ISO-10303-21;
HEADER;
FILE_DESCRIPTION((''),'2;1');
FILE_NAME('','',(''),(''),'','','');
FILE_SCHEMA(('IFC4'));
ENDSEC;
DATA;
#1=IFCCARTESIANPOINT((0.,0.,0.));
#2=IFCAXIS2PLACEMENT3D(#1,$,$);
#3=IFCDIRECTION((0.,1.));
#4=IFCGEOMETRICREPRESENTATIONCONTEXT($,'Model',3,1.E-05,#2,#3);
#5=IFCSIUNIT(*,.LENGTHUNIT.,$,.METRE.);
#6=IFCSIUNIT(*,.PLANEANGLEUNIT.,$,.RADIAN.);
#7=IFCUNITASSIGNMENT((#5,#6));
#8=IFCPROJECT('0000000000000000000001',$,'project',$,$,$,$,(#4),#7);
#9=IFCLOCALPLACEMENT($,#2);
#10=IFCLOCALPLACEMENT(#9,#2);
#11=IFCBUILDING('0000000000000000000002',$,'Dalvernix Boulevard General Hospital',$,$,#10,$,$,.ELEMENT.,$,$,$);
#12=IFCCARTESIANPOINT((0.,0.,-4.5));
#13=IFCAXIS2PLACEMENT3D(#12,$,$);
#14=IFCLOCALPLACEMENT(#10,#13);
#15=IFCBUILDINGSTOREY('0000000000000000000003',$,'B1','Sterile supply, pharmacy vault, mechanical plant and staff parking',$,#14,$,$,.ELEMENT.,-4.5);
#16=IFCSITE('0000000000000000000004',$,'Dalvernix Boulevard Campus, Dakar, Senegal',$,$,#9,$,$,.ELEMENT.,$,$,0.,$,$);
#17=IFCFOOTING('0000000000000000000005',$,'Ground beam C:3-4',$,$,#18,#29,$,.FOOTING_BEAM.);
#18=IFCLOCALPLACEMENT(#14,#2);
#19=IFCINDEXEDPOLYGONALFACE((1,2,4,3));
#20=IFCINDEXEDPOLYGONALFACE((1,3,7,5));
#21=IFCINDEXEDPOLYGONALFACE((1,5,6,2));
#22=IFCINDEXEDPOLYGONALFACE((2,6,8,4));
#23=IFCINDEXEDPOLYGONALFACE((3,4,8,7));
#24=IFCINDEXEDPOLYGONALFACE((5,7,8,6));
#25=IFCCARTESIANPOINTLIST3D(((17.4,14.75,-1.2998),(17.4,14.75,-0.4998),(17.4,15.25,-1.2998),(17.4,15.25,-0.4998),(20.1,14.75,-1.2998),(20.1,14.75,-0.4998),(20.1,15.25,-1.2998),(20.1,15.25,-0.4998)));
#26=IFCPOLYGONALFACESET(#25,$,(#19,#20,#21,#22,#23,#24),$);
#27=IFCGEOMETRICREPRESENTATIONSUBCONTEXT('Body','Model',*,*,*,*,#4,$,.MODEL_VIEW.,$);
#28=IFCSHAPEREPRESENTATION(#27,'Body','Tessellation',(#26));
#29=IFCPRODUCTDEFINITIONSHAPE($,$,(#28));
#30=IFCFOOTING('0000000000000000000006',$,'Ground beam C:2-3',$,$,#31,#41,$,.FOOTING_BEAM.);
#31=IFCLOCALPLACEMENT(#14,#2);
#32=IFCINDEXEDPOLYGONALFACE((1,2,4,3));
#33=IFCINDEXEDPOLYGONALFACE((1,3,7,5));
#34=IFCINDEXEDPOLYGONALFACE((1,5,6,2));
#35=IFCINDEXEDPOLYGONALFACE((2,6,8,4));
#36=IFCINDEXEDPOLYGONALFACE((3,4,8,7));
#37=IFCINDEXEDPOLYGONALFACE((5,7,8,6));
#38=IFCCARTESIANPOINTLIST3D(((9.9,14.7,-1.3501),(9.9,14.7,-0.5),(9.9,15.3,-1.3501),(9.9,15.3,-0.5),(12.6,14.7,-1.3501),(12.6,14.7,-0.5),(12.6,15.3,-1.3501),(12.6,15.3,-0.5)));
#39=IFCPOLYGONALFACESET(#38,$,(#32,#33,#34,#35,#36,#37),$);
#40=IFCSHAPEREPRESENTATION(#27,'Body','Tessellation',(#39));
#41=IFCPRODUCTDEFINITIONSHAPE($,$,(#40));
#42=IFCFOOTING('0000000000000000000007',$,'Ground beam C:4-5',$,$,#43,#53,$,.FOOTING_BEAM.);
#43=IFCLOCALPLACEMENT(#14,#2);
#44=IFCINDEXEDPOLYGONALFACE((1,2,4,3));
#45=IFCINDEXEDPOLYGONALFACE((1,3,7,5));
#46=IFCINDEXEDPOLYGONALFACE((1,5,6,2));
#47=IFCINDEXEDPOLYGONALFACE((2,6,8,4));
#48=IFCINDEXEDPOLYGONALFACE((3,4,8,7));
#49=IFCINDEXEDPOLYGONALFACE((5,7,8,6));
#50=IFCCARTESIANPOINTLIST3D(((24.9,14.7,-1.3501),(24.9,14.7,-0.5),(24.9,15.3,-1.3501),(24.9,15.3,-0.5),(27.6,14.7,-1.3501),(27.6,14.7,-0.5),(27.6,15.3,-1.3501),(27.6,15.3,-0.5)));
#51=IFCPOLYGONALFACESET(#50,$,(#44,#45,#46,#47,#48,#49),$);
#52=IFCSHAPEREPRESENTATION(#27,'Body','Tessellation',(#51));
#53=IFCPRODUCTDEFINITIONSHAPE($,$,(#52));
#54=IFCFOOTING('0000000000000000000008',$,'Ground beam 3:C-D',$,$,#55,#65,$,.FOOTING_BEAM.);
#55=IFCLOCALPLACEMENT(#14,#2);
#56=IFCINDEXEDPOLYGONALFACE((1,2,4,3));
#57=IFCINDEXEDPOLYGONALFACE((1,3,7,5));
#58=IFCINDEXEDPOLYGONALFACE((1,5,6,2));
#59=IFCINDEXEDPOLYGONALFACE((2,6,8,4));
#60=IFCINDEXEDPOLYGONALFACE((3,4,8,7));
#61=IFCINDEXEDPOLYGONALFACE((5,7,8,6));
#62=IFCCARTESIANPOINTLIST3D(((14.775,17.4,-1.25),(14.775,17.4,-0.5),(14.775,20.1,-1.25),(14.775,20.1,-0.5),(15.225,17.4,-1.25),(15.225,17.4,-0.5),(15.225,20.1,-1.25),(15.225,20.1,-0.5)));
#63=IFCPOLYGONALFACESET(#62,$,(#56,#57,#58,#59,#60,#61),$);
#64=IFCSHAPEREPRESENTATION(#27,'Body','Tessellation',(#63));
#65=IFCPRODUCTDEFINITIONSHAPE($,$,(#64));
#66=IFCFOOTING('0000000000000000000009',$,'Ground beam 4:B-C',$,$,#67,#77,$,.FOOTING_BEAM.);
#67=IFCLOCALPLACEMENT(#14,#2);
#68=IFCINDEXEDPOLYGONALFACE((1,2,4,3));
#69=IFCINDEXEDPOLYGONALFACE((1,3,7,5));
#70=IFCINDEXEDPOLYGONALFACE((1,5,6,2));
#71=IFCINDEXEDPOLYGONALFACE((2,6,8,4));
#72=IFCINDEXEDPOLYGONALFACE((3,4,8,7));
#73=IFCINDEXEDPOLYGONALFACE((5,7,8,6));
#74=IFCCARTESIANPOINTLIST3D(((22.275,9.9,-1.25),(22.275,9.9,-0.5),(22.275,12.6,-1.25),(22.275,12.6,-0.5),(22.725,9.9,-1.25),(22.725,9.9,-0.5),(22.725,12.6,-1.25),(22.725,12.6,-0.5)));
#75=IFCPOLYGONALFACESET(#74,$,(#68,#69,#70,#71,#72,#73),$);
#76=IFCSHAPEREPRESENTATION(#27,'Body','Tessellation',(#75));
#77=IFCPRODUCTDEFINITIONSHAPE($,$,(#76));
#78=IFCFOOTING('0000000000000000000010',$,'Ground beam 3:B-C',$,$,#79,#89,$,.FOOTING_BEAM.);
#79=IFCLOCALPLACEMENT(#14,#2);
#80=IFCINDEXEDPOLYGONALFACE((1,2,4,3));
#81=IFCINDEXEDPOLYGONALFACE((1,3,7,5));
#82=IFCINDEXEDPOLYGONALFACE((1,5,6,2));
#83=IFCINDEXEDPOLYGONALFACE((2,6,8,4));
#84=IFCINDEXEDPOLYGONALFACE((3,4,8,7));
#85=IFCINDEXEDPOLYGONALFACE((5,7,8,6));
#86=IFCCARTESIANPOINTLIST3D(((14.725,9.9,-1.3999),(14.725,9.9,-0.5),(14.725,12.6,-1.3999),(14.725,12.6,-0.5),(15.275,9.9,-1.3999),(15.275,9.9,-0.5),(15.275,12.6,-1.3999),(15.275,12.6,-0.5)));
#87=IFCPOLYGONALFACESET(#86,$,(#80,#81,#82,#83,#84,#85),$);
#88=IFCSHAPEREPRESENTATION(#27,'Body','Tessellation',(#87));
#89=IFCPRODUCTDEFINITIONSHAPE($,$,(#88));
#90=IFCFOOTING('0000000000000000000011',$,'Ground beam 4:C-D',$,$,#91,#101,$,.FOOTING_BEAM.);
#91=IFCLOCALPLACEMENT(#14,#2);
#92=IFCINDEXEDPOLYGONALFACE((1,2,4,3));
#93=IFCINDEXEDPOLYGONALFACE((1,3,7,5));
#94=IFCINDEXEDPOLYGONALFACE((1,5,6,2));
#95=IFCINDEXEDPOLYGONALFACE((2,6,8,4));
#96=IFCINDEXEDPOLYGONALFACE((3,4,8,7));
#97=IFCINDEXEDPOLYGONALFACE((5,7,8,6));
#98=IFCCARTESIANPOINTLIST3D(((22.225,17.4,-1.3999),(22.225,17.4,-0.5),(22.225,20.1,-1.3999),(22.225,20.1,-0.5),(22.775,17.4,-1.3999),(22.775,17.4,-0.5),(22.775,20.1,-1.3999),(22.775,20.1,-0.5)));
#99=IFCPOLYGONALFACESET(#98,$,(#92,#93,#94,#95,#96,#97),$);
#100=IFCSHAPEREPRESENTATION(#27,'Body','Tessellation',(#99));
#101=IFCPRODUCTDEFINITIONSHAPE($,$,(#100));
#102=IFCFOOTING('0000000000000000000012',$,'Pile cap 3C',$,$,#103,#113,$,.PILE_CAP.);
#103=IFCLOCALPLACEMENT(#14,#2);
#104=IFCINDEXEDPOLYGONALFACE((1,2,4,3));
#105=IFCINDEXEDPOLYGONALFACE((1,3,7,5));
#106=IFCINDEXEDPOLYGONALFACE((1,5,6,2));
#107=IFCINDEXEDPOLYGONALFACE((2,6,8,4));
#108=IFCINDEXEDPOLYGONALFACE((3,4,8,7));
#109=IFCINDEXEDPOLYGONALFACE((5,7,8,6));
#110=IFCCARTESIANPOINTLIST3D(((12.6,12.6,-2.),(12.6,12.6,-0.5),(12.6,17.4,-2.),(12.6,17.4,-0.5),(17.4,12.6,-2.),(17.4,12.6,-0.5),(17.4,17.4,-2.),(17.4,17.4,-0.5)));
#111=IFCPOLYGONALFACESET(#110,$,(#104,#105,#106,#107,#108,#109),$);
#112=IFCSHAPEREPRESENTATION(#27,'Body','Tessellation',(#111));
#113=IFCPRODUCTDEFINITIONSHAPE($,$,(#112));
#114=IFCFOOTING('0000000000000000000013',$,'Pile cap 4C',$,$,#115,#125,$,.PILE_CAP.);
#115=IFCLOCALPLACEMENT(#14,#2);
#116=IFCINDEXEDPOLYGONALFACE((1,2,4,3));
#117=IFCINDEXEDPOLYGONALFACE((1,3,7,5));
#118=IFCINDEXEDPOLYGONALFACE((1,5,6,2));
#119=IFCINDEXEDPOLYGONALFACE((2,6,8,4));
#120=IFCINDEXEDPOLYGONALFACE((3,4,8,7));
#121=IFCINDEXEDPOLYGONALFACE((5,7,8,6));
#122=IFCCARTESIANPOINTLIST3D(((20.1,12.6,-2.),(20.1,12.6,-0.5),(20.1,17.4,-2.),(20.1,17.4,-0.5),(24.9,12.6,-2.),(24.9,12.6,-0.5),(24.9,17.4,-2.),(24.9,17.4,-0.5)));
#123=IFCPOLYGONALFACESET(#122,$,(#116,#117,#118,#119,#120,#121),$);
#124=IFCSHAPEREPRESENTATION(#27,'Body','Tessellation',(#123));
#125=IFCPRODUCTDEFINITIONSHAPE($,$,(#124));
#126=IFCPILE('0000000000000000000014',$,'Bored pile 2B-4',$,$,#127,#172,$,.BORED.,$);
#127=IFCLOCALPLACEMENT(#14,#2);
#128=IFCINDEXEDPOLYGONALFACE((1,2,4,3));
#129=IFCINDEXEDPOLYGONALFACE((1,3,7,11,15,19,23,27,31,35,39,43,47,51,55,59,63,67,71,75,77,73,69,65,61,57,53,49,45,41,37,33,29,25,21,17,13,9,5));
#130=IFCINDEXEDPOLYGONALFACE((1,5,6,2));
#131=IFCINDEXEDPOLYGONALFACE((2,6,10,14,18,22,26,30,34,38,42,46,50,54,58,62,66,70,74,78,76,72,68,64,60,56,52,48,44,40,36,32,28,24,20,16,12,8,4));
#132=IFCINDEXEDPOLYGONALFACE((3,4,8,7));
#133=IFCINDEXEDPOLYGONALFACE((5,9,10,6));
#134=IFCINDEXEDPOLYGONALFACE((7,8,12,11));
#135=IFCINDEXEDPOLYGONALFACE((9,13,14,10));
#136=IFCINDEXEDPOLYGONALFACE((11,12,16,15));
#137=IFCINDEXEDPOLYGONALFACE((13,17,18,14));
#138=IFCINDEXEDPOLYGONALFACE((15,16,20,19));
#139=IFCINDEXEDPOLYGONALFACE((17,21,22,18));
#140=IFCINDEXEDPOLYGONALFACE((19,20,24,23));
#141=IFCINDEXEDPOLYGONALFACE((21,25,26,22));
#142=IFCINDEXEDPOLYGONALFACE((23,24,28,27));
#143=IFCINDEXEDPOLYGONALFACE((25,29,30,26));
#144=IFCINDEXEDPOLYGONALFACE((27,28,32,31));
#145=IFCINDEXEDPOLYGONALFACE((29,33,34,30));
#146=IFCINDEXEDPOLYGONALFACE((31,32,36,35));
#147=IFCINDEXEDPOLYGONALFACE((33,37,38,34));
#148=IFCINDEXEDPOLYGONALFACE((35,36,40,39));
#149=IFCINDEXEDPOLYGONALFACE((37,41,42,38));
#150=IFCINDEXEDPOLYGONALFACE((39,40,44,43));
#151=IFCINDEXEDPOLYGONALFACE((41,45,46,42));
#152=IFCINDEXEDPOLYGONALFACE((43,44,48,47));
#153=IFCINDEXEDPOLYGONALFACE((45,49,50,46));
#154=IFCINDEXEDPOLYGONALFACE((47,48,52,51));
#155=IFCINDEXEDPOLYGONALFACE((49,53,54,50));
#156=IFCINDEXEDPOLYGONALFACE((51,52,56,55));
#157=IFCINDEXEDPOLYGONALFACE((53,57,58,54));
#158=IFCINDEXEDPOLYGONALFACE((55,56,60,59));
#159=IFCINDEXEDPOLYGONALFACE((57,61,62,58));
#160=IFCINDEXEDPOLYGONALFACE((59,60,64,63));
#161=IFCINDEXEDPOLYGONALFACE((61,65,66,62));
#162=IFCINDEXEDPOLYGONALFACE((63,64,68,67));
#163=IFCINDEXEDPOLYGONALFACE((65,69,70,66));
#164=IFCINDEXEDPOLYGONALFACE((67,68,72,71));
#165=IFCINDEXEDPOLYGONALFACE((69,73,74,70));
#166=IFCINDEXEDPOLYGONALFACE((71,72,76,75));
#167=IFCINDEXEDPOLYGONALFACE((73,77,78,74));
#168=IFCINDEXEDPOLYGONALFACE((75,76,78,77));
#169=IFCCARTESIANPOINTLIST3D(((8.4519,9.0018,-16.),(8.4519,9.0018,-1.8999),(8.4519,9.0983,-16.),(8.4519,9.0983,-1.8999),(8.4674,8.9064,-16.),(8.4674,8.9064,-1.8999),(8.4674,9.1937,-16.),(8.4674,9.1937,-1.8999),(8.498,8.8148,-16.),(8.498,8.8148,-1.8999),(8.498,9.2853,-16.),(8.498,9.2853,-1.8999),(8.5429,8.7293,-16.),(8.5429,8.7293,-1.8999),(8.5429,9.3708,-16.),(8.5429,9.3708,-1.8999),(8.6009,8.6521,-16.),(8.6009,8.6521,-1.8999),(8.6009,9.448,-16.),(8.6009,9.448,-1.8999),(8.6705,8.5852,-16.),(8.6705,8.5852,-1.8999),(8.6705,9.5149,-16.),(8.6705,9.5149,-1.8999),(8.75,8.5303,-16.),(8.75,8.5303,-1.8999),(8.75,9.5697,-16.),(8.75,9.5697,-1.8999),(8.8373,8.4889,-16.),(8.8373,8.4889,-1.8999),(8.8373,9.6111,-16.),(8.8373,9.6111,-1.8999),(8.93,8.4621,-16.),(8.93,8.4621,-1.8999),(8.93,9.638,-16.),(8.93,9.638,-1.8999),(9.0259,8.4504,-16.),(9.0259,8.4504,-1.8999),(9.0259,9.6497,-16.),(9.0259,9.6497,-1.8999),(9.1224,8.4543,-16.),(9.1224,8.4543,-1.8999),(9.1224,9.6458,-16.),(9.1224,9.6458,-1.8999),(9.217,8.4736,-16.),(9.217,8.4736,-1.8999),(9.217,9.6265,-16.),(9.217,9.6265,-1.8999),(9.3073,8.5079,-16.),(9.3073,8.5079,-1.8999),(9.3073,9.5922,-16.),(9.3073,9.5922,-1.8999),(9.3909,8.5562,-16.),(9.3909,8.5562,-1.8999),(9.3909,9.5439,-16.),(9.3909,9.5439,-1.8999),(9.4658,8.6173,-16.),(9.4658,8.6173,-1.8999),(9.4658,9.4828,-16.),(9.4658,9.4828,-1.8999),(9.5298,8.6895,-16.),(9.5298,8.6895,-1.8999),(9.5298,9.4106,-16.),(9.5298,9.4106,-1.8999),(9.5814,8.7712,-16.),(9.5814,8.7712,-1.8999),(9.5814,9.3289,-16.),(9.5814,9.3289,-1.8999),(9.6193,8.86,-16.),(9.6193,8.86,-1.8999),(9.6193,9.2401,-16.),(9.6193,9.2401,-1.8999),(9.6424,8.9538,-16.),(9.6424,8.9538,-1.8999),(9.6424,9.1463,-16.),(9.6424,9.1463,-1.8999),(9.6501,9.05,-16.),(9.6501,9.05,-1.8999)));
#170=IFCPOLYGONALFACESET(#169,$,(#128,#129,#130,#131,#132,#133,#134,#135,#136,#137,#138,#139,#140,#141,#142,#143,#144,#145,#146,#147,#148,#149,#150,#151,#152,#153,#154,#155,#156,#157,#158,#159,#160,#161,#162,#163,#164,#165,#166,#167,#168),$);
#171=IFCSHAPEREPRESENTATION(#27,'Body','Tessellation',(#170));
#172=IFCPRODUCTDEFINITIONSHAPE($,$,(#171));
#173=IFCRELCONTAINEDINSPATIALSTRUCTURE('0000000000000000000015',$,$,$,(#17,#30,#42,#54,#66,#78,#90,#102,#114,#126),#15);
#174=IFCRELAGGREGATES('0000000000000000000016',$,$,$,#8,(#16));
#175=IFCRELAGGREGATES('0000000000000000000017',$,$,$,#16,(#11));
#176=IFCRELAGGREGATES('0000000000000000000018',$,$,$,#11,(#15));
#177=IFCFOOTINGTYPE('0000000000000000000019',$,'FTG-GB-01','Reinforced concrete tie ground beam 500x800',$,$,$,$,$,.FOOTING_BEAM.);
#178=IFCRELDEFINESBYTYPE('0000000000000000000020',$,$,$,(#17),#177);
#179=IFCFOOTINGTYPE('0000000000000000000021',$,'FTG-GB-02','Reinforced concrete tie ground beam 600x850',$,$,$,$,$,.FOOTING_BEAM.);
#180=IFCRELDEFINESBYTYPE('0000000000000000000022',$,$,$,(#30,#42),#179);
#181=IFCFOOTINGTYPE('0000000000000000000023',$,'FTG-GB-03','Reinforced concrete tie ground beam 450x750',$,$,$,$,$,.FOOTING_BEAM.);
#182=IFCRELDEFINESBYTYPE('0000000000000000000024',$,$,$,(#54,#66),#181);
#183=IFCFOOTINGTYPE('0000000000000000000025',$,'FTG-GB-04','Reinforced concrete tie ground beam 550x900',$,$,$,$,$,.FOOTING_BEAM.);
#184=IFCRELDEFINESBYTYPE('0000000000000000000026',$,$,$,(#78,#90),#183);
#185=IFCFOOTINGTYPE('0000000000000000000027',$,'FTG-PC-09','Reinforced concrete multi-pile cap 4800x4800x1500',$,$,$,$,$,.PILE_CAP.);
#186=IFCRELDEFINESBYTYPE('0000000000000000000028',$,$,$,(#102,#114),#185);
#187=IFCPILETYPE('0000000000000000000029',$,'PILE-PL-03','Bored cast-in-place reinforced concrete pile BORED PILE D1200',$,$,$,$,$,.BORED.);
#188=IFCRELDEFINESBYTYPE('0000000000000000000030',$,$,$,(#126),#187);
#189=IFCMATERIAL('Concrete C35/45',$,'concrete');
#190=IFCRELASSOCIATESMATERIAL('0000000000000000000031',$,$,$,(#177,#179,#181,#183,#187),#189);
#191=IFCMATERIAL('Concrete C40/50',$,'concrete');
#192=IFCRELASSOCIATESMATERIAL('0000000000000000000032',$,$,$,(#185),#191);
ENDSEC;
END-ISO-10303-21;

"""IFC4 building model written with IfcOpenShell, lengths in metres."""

from ifc_helpers import new_model, si_unit, direction, frame, origin, origin_2d, place, context, subcontext, project, spatial, rectangle, circle, extrude, material, material_profile, profile_set, type_object, element, save


model = new_model("IFC4")

# Units and contexts
model_context = context("Model", 3, precision=1e-05, world=origin(), true_north=direction((0.0, 1.0)))
body_context = subcontext(model_context, "Body", "Model", "MODEL_VIEW")
ifc_project = project(units=[si_unit("LENGTHUNIT", "METRE"), si_unit("PLANEANGLEUNIT", "RADIAN")], contexts=[model_context])

# Site, building, storey
site_placement = place(None, origin())
site = spatial("IfcSite", under=ifc_project, at=site_placement, Name="Dalvernix Boulevard Campus, Dakar, Senegal", CompositionType="ELEMENT", RefElevation=0.0)
building_placement = place(site_placement, origin())
building = spatial("IfcBuilding", under=site, at=building_placement, Name="Dalvernix Boulevard General Hospital", CompositionType="ELEMENT")
storey_placement = place(building_placement, frame((0.0, 0.0, -4.5)))
storey = spatial("IfcBuildingStorey", under=building, at=storey_placement, Name="B1", Description="Sterile supply, pharmacy vault, mechanical plant and staff parking", CompositionType="ELEMENT", Elevation=-4.5)

# Footings
ifc_material_1 = material(Name="Concrete C35/45", Category="concrete")
footing_type_1 = type_object("IfcFootingType", Name="FTG-GB-01", Description="Reinforced concrete tie ground beam 500x800", PredefinedType="FOOTING_BEAM", material=ifc_material_1)
footing_placement = place(storey_placement, frame((18.75, 15.0, -1.2998), z_axis=(0.0, 0.0, 1.0), x_axis=(1.0, 0.0, 0.0)))
element("IfcFooting", 1, at=footing_placement, inside=storey, type_object=footing_type_1, Name="Ground beam C:3-4", PredefinedType="FOOTING_BEAM", context=body_context, shape_type="SweptSolid", body=[
    extrude(rectangle(XDim=2.7, YDim=0.5, at=origin_2d()), origin(), (0.0, 0.0, 1.0), 0.8),
])
footing_type_2 = type_object("IfcFootingType", Name="FTG-GB-02", Description="Reinforced concrete tie ground beam 600x850", PredefinedType="FOOTING_BEAM", material=ifc_material_1)
for number, where, z_axis, x_axis, name in (
    (2, (11.25, 15.0, -1.3501), (0.0, 0.0, 1.0), (1.0, 0.0, 0.0), "Ground beam C:2-3"),
    (3, (26.25, 15.0, -1.3501), (0.0, 0.0, 1.0), (1.0, 0.0, 0.0), "Ground beam C:4-5"),
):
    element("IfcFooting", number, at=place(storey_placement, frame(where, z_axis=z_axis, x_axis=x_axis)), inside=storey, type_object=footing_type_2, Name=name, PredefinedType="FOOTING_BEAM", context=body_context, shape_type="SweptSolid", body=[
        extrude(rectangle(XDim=2.7, YDim=0.6001, at=origin_2d()), origin(), (0.0, 0.0, 1.0), 0.8501),
    ])
footing_type_3 = type_object("IfcFootingType", Name="FTG-GB-03", Description="Reinforced concrete tie ground beam 450x750", PredefinedType="FOOTING_BEAM", material=ifc_material_1)
for number, where, z_axis, x_axis, name in (
    (4, (15.0, 18.75, -1.25), (0.0, 0.0, 1.0), (0.0, 1.0, 0.0), "Ground beam 3:C-D"),
    (5, (22.5, 11.25, -1.25), (0.0, 0.0, 1.0), (0.0, 1.0, 0.0), "Ground beam 4:B-C"),
):
    element("IfcFooting", number, at=place(storey_placement, frame(where, z_axis=z_axis, x_axis=x_axis)), inside=storey, type_object=footing_type_3, Name=name, PredefinedType="FOOTING_BEAM", context=body_context, shape_type="SweptSolid", body=[
        extrude(rectangle(XDim=2.7, YDim=0.45, at=origin_2d()), origin(), (0.0, 0.0, 1.0), 0.75),
    ])
footing_type_4 = type_object("IfcFootingType", Name="FTG-GB-04", Description="Reinforced concrete tie ground beam 550x900", PredefinedType="FOOTING_BEAM", material=ifc_material_1)
for number, where, z_axis, x_axis, name in (
    (6, (15.0, 11.25, -1.3999), (0.0, 0.0, 1.0), (0.0, 1.0, 0.0), "Ground beam 3:B-C"),
    (7, (22.5, 18.75, -1.3999), (0.0, 0.0, 1.0), (0.0, 1.0, 0.0), "Ground beam 4:C-D"),
):
    element("IfcFooting", number, at=place(storey_placement, frame(where, z_axis=z_axis, x_axis=x_axis)), inside=storey, type_object=footing_type_4, Name=name, PredefinedType="FOOTING_BEAM", context=body_context, shape_type="SweptSolid", body=[
        extrude(rectangle(XDim=2.7, YDim=0.55, at=origin_2d()), origin(), (0.0, 0.0, 1.0), 0.8999),
    ])
ifc_material_2 = material(Name="Concrete C40/50", Category="concrete")
footing_type_5 = type_object("IfcFootingType", Name="FTG-PC-09", Description="Reinforced concrete multi-pile cap 4800x4800x1500", PredefinedType="PILE_CAP", material=ifc_material_2)
for number, where, z_axis, x_axis, name in (
    (8, (15.0, 15.0, -2.0), (0.0, 0.0, 1.0), (1.0, 0.0, 0.0), "Pile cap 3C"),
    (9, (22.5, 15.0, -2.0), (0.0, 0.0, 1.0), (1.0, 0.0, 0.0), "Pile cap 4C"),
):
    element("IfcFooting", number, at=place(storey_placement, frame(where, z_axis=z_axis, x_axis=x_axis)), inside=storey, type_object=footing_type_5, Name=name, PredefinedType="PILE_CAP", context=body_context, shape_type="SweptSolid", body=[
        extrude(rectangle(XDim=4.8, YDim=4.8, at=origin_2d()), origin(), (0.0, 0.0, 1.0), 1.5),
    ])

# Pile
ifc_material_profile_1 = material_profile(ifc_material_1, circle(Radius=0.6001, at=origin_2d()), Name="BORED PILE D1200")
ifc_profile_set_1 = profile_set([ifc_material_profile_1], Name="Concrete C35/45")
pile_type = type_object("IfcPileType", Name="PILE-PL-03", Description="Bored cast-in-place reinforced concrete pile BORED PILE D1200", PredefinedType="BORED", material=ifc_profile_set_1)
for number, where, z_axis, x_axis, name in (
    (10, (9.05, 9.05, -1.8999), (0.0, 0.0, -1.0), (1.0, 0.0, 0.0), "Bored pile 2B-4"),
):
    element("IfcPile", number, at=place(storey_placement, frame(where, z_axis=z_axis, x_axis=x_axis)), inside=storey, type_object=pile_type, Name=name, PredefinedType="BORED", context=body_context, shape_type="SweptSolid", body=[
        extrude(circle(Radius=0.6001, at=origin_2d()), origin(), (0.0, 0.0, 1.0), 14.1001),
    ])

save(model, "model.ifc")
